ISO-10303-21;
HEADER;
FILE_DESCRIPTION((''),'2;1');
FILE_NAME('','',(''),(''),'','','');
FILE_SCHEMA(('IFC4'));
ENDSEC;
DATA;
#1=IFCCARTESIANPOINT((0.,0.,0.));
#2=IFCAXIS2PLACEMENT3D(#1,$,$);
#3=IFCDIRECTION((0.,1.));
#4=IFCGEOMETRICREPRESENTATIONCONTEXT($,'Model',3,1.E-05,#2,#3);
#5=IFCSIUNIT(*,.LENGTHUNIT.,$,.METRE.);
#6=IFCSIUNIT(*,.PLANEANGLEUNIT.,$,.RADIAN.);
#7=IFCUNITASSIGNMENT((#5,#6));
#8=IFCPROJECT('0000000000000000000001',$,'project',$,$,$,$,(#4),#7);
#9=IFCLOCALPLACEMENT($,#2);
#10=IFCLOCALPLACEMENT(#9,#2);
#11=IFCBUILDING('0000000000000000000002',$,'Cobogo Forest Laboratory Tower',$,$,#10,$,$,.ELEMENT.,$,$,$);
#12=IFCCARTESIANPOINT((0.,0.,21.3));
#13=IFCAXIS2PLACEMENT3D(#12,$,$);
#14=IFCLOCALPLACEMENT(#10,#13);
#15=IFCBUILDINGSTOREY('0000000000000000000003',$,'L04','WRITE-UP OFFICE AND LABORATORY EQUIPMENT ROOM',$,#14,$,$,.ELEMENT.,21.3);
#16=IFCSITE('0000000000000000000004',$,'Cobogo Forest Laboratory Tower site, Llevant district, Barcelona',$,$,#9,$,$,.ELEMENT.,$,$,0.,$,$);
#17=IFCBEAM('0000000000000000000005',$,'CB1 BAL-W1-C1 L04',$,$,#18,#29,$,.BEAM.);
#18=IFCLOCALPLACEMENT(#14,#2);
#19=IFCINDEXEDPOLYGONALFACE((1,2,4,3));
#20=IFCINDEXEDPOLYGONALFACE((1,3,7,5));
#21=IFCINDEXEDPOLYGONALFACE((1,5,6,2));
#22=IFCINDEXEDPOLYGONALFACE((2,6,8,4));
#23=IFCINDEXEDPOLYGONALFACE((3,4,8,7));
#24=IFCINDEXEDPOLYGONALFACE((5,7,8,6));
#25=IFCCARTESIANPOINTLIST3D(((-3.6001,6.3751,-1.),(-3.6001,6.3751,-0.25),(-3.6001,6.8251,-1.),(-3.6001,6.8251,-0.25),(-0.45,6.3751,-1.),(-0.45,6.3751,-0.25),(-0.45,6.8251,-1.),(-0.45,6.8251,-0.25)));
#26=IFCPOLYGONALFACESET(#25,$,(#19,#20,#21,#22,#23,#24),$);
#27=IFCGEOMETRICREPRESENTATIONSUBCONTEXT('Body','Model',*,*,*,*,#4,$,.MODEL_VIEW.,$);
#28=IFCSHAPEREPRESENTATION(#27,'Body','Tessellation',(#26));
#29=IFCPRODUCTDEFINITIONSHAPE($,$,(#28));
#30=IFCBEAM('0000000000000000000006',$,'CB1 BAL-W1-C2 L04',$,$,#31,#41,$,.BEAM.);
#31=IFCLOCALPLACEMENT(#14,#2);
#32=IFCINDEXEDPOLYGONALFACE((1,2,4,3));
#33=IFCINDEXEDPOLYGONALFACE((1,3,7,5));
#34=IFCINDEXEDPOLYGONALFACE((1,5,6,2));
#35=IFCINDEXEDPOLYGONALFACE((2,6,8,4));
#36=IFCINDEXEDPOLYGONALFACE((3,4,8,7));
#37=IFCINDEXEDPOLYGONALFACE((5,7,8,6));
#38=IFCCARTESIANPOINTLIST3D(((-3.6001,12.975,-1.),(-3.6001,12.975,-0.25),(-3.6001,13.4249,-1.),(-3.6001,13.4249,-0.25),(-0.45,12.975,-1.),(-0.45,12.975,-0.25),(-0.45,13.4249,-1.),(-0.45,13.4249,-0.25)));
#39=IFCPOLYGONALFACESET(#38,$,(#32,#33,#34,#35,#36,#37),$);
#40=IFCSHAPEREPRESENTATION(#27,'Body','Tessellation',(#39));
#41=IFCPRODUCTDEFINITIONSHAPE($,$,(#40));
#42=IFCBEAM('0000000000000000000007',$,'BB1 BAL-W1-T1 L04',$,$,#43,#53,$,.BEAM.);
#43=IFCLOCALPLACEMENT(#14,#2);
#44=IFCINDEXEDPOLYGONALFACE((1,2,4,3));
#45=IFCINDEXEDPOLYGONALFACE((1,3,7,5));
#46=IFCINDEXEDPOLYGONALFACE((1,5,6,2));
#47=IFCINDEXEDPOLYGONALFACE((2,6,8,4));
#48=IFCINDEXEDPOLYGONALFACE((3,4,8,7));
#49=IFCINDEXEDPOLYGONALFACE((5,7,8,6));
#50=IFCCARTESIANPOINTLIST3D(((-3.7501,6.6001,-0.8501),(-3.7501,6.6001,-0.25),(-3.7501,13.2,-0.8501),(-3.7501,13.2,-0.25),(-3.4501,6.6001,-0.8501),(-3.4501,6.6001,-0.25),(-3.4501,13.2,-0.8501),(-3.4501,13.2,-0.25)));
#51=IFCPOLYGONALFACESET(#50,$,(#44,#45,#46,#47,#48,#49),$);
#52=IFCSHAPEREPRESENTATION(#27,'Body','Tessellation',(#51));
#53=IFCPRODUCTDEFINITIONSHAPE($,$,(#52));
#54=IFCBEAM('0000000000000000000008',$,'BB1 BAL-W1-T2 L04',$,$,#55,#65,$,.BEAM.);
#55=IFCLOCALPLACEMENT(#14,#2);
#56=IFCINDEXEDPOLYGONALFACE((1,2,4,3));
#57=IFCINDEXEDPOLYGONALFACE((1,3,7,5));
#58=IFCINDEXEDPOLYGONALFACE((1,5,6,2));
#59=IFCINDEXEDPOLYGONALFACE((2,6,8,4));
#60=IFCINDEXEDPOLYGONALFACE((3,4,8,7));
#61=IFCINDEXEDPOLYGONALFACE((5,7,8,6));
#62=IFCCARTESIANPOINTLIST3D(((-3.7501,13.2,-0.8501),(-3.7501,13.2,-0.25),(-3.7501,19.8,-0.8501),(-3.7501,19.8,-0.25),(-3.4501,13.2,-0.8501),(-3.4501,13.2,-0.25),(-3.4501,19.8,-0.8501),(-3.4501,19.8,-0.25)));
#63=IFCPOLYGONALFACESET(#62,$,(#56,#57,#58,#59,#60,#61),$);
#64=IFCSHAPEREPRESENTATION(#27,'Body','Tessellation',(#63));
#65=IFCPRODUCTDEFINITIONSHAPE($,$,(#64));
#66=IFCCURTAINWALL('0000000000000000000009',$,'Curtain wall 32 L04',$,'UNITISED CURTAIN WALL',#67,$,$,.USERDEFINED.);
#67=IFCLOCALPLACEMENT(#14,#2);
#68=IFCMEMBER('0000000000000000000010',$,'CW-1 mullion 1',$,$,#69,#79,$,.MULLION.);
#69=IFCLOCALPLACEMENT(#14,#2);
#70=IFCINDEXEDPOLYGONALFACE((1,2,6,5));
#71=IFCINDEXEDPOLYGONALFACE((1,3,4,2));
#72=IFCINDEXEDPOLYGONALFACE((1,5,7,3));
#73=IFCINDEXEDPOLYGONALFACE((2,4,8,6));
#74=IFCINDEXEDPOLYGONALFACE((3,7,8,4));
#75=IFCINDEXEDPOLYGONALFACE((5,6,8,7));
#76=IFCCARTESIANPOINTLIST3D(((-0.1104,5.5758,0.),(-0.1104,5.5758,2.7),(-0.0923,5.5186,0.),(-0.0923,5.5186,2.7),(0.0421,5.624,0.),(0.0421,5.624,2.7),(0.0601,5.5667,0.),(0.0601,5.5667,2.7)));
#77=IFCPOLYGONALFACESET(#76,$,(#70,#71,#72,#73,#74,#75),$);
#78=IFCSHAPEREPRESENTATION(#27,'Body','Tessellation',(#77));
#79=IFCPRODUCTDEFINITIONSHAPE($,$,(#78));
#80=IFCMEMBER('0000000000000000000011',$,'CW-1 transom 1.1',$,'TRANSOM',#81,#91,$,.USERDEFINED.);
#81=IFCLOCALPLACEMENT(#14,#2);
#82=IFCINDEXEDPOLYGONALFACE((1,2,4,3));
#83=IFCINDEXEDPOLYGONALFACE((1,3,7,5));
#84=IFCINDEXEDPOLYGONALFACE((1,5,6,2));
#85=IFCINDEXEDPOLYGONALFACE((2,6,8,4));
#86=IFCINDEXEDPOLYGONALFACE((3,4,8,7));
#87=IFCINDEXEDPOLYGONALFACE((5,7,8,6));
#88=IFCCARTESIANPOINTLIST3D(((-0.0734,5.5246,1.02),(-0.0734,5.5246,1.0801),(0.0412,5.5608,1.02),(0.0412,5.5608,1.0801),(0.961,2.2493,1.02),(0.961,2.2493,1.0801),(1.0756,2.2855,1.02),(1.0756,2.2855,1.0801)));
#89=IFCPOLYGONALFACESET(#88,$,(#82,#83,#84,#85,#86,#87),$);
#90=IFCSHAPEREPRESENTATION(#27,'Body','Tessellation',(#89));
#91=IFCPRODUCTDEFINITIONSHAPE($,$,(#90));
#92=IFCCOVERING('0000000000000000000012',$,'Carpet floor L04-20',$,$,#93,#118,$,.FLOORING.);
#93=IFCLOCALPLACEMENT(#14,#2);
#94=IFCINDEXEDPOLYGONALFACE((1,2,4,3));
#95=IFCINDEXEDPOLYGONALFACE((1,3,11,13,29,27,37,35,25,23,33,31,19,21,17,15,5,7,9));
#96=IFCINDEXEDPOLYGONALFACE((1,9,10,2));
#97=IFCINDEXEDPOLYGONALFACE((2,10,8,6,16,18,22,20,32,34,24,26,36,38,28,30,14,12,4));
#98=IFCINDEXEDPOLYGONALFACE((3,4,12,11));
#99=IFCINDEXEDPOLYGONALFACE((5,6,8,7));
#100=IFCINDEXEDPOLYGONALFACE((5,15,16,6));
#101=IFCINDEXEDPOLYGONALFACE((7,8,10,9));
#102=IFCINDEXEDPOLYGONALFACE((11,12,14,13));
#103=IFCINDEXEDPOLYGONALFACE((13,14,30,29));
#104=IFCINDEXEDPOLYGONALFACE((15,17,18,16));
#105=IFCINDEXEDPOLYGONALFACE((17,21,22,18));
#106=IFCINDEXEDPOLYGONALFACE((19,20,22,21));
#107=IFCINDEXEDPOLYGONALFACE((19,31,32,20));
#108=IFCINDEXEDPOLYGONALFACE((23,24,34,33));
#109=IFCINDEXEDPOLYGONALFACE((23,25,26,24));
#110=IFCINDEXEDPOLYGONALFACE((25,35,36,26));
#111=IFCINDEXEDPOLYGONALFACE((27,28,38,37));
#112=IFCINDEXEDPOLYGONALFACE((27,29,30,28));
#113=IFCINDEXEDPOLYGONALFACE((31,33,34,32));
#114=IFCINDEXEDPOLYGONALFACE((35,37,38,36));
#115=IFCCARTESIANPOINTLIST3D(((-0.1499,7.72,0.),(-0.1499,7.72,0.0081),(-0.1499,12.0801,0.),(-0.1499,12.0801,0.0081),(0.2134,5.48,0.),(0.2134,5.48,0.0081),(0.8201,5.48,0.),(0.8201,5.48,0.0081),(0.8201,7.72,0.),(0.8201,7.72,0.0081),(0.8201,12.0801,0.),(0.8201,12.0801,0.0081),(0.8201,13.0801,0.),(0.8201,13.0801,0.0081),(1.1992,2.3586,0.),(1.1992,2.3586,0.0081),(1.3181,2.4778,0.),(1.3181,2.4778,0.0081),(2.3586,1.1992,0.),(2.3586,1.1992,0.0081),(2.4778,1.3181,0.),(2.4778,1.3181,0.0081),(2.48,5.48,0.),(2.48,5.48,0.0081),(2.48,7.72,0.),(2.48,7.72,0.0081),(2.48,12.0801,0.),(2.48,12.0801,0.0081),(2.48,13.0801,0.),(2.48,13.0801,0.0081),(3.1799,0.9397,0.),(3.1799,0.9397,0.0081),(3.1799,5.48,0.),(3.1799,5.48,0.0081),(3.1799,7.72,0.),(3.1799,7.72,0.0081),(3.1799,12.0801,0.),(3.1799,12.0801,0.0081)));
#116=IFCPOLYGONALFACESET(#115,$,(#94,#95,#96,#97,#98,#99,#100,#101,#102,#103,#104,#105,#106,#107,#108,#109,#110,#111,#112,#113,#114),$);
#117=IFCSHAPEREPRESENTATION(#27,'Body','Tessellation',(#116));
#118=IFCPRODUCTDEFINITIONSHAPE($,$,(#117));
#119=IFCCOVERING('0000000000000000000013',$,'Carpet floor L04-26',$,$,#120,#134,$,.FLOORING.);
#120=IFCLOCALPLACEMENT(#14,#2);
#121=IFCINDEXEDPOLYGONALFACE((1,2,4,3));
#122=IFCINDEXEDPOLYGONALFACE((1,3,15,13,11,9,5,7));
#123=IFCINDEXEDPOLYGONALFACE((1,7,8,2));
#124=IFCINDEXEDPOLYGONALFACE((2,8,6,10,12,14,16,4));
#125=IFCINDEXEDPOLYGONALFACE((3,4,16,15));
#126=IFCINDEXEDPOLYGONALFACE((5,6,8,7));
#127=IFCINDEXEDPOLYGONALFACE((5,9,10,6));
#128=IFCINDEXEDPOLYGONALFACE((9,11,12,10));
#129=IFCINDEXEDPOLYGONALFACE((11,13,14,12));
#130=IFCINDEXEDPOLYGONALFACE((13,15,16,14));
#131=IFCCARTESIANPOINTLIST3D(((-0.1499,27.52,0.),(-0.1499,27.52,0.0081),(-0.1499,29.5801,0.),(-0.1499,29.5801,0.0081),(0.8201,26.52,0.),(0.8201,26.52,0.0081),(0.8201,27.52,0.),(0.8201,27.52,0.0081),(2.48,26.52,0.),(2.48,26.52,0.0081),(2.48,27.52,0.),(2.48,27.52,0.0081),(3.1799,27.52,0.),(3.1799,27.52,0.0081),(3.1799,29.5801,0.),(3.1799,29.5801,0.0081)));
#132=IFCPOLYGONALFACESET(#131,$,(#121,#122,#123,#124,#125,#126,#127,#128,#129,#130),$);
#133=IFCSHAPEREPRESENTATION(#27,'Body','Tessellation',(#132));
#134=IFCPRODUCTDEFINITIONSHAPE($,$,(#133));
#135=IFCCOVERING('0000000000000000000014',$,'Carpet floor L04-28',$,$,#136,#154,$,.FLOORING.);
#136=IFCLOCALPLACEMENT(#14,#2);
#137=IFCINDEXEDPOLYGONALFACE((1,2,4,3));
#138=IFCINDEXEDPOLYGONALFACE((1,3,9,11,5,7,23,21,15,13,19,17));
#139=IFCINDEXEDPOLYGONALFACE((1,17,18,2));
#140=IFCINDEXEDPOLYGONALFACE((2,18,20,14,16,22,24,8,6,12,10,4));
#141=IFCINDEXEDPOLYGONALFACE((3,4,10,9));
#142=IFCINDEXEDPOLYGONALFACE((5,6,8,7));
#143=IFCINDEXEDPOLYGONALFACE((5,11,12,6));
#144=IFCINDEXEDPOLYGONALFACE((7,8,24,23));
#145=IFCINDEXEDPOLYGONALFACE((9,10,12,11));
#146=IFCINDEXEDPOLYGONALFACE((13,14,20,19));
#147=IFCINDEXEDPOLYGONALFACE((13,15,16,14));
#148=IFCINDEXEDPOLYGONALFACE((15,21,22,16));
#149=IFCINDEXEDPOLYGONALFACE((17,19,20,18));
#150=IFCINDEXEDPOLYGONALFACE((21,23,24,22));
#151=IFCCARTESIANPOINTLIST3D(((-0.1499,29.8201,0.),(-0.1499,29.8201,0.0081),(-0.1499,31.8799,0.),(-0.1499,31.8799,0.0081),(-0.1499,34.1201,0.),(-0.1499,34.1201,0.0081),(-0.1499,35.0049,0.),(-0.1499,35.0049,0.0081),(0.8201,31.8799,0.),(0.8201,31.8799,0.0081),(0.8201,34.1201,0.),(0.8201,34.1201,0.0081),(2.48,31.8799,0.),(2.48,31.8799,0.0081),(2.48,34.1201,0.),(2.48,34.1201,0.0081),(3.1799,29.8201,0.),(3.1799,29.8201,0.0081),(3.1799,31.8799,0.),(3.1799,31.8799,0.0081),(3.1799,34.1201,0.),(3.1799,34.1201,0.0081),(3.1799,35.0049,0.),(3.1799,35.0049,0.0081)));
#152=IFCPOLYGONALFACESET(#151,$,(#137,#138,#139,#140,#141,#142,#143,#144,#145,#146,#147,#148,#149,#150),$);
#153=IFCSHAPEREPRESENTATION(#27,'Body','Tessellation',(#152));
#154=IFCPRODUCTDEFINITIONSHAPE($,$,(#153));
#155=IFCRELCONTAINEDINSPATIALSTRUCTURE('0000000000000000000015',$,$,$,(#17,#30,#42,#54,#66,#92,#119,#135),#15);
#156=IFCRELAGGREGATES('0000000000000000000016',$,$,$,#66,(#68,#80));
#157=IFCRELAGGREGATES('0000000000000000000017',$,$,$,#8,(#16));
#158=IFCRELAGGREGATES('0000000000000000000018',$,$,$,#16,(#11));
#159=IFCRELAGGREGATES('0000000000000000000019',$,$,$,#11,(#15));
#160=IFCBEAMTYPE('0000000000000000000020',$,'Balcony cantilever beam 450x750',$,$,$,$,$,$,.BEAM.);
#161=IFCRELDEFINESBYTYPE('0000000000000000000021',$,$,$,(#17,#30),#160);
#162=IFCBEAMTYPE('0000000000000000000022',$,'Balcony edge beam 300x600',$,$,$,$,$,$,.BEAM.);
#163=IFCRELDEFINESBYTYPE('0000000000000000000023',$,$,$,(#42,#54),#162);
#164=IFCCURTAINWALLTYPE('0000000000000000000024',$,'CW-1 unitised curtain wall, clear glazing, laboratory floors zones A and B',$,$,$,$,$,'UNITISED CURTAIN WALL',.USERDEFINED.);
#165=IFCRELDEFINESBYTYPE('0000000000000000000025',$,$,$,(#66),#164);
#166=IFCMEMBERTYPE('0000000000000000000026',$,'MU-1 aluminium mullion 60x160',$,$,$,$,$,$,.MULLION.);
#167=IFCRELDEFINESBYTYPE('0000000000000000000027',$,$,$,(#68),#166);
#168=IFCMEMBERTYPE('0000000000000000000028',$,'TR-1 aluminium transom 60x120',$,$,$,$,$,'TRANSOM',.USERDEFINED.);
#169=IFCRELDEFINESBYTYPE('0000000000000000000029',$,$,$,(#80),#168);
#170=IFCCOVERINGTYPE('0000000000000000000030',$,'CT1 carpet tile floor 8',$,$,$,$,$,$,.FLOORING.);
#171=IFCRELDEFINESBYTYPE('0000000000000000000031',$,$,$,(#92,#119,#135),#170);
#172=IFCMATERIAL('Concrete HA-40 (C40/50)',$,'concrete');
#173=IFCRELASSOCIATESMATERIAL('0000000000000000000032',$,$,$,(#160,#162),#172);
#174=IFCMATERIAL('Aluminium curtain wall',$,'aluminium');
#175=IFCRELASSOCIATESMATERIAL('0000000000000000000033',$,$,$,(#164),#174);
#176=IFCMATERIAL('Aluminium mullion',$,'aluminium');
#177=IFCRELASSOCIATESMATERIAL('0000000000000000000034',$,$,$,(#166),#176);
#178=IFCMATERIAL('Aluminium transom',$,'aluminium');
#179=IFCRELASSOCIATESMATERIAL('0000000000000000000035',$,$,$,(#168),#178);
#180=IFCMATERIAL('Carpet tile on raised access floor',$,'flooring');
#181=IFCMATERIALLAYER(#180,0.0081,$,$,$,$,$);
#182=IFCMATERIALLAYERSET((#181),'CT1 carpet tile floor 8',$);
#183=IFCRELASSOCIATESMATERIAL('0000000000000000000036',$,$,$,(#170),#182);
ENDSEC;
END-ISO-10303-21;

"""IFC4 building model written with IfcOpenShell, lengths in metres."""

from ifc_helpers import new_model, si_unit, direction, frame, origin, origin_2d, place, context, subcontext, project, spatial, polyline, rectangle, outline, extrude, material, layer, layer_set, material_profile, profile_set, type_object, element, aggregate, save


model = new_model("IFC4")

# Units and contexts
model_context = context("Model", 3, precision=1e-05, world=origin(), true_north=direction((0.0, 1.0)))
body_context = subcontext(model_context, "Body", "Model", "MODEL_VIEW")
ifc_project = project(units=[si_unit("LENGTHUNIT", "METRE"), si_unit("PLANEANGLEUNIT", "RADIAN")], contexts=[model_context])

# Site, building, storey
site_placement = place(None, origin())
site = spatial("IfcSite", under=ifc_project, at=site_placement, Name="Cobogo Forest Laboratory Tower site, Llevant district, Barcelona", CompositionType="ELEMENT", RefElevation=0.0)
building_placement = place(site_placement, origin())
building = spatial("IfcBuilding", under=site, at=building_placement, Name="Cobogo Forest Laboratory Tower", CompositionType="ELEMENT")
storey_placement = place(building_placement, frame((0.0, 0.0, 21.3)))
storey = spatial("IfcBuildingStorey", under=building, at=storey_placement, Name="L04", Description="WRITE-UP OFFICE AND LABORATORY EQUIPMENT ROOM", CompositionType="ELEMENT", Elevation=21.3)

# Beams
ifc_material_1 = material(Name="Concrete HA-40 (C40/50)", Category="concrete")
ifc_material_profile_1 = material_profile(ifc_material_1, rectangle(XDim=0.45, YDim=0.75, at=origin_2d()), Name="RC 450x750")
ifc_profile_set_1 = profile_set([ifc_material_profile_1], Name="Concrete HA-40 (C40/50)")
beam_type_1 = type_object("IfcBeamType", Name="Balcony cantilever beam 450x750", PredefinedType="BEAM", material=ifc_profile_set_1)
for number, where, z_axis, x_axis, name in (
    (1, (-0.45, 6.6001, -0.625), (-1.0, 0.0, 0.0), (0.0, -1.0, 0.0), "CB1 BAL-W1-C1 L04"),
    (2, (-0.45, 13.2, -0.625), (-1.0, 0.0, 0.0), (0.0, -1.0, 0.0), "CB1 BAL-W1-C2 L04"),
):
    element("IfcBeam", number, at=place(storey_placement, frame(where, z_axis=z_axis, x_axis=x_axis)), inside=storey, type_object=beam_type_1, Name=name, PredefinedType="BEAM", context=body_context, shape_type="SweptSolid", body=[
        extrude(rectangle(XDim=0.45, YDim=0.75, at=origin_2d()), origin(), (0.0, 0.0, 1.0), 3.1501),
    ])
ifc_material_profile_2 = material_profile(ifc_material_1, rectangle(XDim=0.3, YDim=0.6001, at=origin_2d()), Name="RC 300x600")
ifc_profile_set_2 = profile_set([ifc_material_profile_2], Name="Concrete HA-40 (C40/50)")
beam_type_2 = type_object("IfcBeamType", Name="Balcony edge beam 300x600", PredefinedType="BEAM", material=ifc_profile_set_2)
beam_1_placement = place(storey_placement, frame((-3.6001, 6.6001, -0.55), z_axis=(0.0, 1.0, 0.0), x_axis=(-1.0, 0.0, 0.0)))
element("IfcBeam", 3, at=beam_1_placement, inside=storey, type_object=beam_type_2, Name="BB1 BAL-W1-T1 L04", PredefinedType="BEAM", context=body_context, shape_type="SweptSolid", body=[
    extrude(rectangle(XDim=0.3, YDim=0.6001, at=origin_2d()), origin(), (0.0, 0.0, 1.0), 6.5999),
])
beam_2_placement = place(storey_placement, frame((-3.6001, 13.2, -0.55), z_axis=(0.0, 1.0, 0.0), x_axis=(-1.0, 0.0, 0.0)))
element("IfcBeam", 4, at=beam_2_placement, inside=storey, type_object=beam_type_2, Name="BB1 BAL-W1-T2 L04", PredefinedType="BEAM", context=body_context, shape_type="SweptSolid", body=[
    extrude(rectangle(XDim=0.3, YDim=0.6001, at=origin_2d()), origin(), (0.0, 0.0, 1.0), 6.6001),
])

# Curtain wall, members
ifc_material_2 = material(Name="Aluminium curtain wall", Category="aluminium")
curtain_wall_type = type_object("IfcCurtainWallType", Name="CW-1 unitised curtain wall, clear glazing, laboratory floors zones A and B", ElementType="UNITISED CURTAIN WALL", PredefinedType="USERDEFINED", material=ifc_material_2)
curtain_wall_placement = place(storey_placement, origin())
curtain_wall = element("IfcCurtainWall", 5, at=curtain_wall_placement, inside=storey, type_object=curtain_wall_type, Name="Curtain wall 32 L04", ObjectType="UNITISED CURTAIN WALL", PredefinedType="USERDEFINED")
ifc_material_3 = material(Name="Aluminium mullion", Category="aluminium")
ifc_material_profile_3 = material_profile(ifc_material_3, rectangle(XDim=0.0601, YDim=0.1599, at=origin_2d()), Name="AL 60x160")
ifc_profile_set_3 = profile_set([ifc_material_profile_3], Name="Aluminium mullion")
member_type_1 = type_object("IfcMemberType", Name="MU-1 aluminium mullion 60x160", PredefinedType="MULLION", material=ifc_profile_set_3)
member_1_placement = place(storey_placement, frame((-0.0251, 5.5713, 0.0), z_axis=(0.0, 0.0, 1.0), x_axis=(0.301135, -0.953581, 0.0)))
member_1 = element("IfcMember", 6, at=member_1_placement, type_object=member_type_1, Name="CW-1 mullion 1", PredefinedType="MULLION", context=body_context, shape_type="SweptSolid", body=[
    extrude(rectangle(XDim=0.0601, YDim=0.1599, at=origin_2d()), origin(), (0.0, 0.0, 1.0), 2.7),
])
ifc_material_4 = material(Name="Aluminium transom", Category="aluminium")
ifc_material_profile_4 = material_profile(ifc_material_4, rectangle(XDim=0.1201, YDim=0.0601, at=origin_2d()), Name="AL 60x120")
ifc_profile_set_4 = profile_set([ifc_material_profile_4], Name="Aluminium transom")
member_type_2 = type_object("IfcMemberType", Name="TR-1 aluminium transom 60x120", ElementType="TRANSOM", PredefinedType="USERDEFINED", material=ifc_profile_set_4)
member_2_placement = place(storey_placement, frame((-0.0161, 5.5427, 1.05), z_axis=(0.301155, -0.953575, 0.0), x_axis=(0.953575, 0.301155, 0.0)))
member_2 = element("IfcMember", 7, at=member_2_placement, type_object=member_type_2, Name="CW-1 transom 1.1", ObjectType="TRANSOM", PredefinedType="USERDEFINED", context=body_context, shape_type="SweptSolid", body=[
    extrude(rectangle(XDim=0.1201, YDim=0.0601, at=origin_2d()), origin(), (0.0, 0.0, 1.0), 3.4348),
])
aggregate(curtain_wall, [member_1, member_2])

# Coverings
ifc_material_5 = material(Name="Carpet tile on raised access floor", Category="flooring")
ifc_layer_1 = layer(ifc_material_5, 0.0081)
ifc_layer_set_1 = layer_set([ifc_layer_1], Name="CT1 carpet tile floor 8")
covering_type_1 = type_object("IfcCoveringType", Name="CT1 carpet tile floor 8", PredefinedType="FLOORING", material=ifc_layer_set_1)
covering_1_placement = place(storey_placement, origin())
element("IfcCovering", 8, at=covering_1_placement, inside=storey, type_object=covering_type_1, Name="Carpet floor L04-20", PredefinedType="FLOORING", context=body_context, shape_type="SweptSolid", body=[
    extrude(outline(polyline([(3.1799, 7.72), (2.48, 7.72), (2.48, 5.48), (3.1799, 5.48), (3.1799, 0.9397), (2.3586, 1.1992), (2.4778, 1.3181), (1.3181, 2.4778), (1.1992, 2.3586), (0.2134, 5.48), (0.8201, 5.48), (0.8201, 7.72), (-0.1499, 7.72), (-0.1499, 12.0801), (0.8201, 12.0801), (0.8201, 13.0801), (2.48, 13.0801), (2.48, 12.0801), (3.1799, 12.0801), (3.1799, 7.72)])), origin(), (0.0, 0.0, 1.0), 0.0081),
])
covering_2_placement = place(storey_placement, origin())
element("IfcCovering", 9, at=covering_2_placement, inside=storey, type_object=covering_type_1, Name="Carpet floor L04-26", PredefinedType="FLOORING", context=body_context, shape_type="SweptSolid", body=[
    extrude(outline(polyline([(3.1799, 27.52), (2.48, 27.52), (2.48, 26.52), (0.8201, 26.52), (0.8201, 27.52), (-0.1499, 27.52), (-0.1499, 29.5801), (3.1799, 29.5801), (3.1799, 27.52)])), origin(), (0.0, 0.0, 1.0), 0.0081),
])
covering_3_placement = place(storey_placement, origin())
element("IfcCovering", 10, at=covering_3_placement, inside=storey, type_object=covering_type_1, Name="Carpet floor L04-28", PredefinedType="FLOORING", context=body_context, shape_type="SweptSolid", body=[
    extrude(outline(polyline([(3.1799, 34.1201), (2.48, 34.1201), (2.48, 31.8799), (3.1799, 31.8799), (3.1799, 29.8201), (-0.1499, 29.8201), (-0.1499, 31.8799), (0.8201, 31.8799), (0.8201, 34.1201), (-0.1499, 34.1201), (-0.1499, 35.0049), (3.1799, 35.0049), (3.1799, 34.1201)])), origin(), (0.0, 0.0, 1.0), 0.0081),
])

save(model, "model.ifc")
